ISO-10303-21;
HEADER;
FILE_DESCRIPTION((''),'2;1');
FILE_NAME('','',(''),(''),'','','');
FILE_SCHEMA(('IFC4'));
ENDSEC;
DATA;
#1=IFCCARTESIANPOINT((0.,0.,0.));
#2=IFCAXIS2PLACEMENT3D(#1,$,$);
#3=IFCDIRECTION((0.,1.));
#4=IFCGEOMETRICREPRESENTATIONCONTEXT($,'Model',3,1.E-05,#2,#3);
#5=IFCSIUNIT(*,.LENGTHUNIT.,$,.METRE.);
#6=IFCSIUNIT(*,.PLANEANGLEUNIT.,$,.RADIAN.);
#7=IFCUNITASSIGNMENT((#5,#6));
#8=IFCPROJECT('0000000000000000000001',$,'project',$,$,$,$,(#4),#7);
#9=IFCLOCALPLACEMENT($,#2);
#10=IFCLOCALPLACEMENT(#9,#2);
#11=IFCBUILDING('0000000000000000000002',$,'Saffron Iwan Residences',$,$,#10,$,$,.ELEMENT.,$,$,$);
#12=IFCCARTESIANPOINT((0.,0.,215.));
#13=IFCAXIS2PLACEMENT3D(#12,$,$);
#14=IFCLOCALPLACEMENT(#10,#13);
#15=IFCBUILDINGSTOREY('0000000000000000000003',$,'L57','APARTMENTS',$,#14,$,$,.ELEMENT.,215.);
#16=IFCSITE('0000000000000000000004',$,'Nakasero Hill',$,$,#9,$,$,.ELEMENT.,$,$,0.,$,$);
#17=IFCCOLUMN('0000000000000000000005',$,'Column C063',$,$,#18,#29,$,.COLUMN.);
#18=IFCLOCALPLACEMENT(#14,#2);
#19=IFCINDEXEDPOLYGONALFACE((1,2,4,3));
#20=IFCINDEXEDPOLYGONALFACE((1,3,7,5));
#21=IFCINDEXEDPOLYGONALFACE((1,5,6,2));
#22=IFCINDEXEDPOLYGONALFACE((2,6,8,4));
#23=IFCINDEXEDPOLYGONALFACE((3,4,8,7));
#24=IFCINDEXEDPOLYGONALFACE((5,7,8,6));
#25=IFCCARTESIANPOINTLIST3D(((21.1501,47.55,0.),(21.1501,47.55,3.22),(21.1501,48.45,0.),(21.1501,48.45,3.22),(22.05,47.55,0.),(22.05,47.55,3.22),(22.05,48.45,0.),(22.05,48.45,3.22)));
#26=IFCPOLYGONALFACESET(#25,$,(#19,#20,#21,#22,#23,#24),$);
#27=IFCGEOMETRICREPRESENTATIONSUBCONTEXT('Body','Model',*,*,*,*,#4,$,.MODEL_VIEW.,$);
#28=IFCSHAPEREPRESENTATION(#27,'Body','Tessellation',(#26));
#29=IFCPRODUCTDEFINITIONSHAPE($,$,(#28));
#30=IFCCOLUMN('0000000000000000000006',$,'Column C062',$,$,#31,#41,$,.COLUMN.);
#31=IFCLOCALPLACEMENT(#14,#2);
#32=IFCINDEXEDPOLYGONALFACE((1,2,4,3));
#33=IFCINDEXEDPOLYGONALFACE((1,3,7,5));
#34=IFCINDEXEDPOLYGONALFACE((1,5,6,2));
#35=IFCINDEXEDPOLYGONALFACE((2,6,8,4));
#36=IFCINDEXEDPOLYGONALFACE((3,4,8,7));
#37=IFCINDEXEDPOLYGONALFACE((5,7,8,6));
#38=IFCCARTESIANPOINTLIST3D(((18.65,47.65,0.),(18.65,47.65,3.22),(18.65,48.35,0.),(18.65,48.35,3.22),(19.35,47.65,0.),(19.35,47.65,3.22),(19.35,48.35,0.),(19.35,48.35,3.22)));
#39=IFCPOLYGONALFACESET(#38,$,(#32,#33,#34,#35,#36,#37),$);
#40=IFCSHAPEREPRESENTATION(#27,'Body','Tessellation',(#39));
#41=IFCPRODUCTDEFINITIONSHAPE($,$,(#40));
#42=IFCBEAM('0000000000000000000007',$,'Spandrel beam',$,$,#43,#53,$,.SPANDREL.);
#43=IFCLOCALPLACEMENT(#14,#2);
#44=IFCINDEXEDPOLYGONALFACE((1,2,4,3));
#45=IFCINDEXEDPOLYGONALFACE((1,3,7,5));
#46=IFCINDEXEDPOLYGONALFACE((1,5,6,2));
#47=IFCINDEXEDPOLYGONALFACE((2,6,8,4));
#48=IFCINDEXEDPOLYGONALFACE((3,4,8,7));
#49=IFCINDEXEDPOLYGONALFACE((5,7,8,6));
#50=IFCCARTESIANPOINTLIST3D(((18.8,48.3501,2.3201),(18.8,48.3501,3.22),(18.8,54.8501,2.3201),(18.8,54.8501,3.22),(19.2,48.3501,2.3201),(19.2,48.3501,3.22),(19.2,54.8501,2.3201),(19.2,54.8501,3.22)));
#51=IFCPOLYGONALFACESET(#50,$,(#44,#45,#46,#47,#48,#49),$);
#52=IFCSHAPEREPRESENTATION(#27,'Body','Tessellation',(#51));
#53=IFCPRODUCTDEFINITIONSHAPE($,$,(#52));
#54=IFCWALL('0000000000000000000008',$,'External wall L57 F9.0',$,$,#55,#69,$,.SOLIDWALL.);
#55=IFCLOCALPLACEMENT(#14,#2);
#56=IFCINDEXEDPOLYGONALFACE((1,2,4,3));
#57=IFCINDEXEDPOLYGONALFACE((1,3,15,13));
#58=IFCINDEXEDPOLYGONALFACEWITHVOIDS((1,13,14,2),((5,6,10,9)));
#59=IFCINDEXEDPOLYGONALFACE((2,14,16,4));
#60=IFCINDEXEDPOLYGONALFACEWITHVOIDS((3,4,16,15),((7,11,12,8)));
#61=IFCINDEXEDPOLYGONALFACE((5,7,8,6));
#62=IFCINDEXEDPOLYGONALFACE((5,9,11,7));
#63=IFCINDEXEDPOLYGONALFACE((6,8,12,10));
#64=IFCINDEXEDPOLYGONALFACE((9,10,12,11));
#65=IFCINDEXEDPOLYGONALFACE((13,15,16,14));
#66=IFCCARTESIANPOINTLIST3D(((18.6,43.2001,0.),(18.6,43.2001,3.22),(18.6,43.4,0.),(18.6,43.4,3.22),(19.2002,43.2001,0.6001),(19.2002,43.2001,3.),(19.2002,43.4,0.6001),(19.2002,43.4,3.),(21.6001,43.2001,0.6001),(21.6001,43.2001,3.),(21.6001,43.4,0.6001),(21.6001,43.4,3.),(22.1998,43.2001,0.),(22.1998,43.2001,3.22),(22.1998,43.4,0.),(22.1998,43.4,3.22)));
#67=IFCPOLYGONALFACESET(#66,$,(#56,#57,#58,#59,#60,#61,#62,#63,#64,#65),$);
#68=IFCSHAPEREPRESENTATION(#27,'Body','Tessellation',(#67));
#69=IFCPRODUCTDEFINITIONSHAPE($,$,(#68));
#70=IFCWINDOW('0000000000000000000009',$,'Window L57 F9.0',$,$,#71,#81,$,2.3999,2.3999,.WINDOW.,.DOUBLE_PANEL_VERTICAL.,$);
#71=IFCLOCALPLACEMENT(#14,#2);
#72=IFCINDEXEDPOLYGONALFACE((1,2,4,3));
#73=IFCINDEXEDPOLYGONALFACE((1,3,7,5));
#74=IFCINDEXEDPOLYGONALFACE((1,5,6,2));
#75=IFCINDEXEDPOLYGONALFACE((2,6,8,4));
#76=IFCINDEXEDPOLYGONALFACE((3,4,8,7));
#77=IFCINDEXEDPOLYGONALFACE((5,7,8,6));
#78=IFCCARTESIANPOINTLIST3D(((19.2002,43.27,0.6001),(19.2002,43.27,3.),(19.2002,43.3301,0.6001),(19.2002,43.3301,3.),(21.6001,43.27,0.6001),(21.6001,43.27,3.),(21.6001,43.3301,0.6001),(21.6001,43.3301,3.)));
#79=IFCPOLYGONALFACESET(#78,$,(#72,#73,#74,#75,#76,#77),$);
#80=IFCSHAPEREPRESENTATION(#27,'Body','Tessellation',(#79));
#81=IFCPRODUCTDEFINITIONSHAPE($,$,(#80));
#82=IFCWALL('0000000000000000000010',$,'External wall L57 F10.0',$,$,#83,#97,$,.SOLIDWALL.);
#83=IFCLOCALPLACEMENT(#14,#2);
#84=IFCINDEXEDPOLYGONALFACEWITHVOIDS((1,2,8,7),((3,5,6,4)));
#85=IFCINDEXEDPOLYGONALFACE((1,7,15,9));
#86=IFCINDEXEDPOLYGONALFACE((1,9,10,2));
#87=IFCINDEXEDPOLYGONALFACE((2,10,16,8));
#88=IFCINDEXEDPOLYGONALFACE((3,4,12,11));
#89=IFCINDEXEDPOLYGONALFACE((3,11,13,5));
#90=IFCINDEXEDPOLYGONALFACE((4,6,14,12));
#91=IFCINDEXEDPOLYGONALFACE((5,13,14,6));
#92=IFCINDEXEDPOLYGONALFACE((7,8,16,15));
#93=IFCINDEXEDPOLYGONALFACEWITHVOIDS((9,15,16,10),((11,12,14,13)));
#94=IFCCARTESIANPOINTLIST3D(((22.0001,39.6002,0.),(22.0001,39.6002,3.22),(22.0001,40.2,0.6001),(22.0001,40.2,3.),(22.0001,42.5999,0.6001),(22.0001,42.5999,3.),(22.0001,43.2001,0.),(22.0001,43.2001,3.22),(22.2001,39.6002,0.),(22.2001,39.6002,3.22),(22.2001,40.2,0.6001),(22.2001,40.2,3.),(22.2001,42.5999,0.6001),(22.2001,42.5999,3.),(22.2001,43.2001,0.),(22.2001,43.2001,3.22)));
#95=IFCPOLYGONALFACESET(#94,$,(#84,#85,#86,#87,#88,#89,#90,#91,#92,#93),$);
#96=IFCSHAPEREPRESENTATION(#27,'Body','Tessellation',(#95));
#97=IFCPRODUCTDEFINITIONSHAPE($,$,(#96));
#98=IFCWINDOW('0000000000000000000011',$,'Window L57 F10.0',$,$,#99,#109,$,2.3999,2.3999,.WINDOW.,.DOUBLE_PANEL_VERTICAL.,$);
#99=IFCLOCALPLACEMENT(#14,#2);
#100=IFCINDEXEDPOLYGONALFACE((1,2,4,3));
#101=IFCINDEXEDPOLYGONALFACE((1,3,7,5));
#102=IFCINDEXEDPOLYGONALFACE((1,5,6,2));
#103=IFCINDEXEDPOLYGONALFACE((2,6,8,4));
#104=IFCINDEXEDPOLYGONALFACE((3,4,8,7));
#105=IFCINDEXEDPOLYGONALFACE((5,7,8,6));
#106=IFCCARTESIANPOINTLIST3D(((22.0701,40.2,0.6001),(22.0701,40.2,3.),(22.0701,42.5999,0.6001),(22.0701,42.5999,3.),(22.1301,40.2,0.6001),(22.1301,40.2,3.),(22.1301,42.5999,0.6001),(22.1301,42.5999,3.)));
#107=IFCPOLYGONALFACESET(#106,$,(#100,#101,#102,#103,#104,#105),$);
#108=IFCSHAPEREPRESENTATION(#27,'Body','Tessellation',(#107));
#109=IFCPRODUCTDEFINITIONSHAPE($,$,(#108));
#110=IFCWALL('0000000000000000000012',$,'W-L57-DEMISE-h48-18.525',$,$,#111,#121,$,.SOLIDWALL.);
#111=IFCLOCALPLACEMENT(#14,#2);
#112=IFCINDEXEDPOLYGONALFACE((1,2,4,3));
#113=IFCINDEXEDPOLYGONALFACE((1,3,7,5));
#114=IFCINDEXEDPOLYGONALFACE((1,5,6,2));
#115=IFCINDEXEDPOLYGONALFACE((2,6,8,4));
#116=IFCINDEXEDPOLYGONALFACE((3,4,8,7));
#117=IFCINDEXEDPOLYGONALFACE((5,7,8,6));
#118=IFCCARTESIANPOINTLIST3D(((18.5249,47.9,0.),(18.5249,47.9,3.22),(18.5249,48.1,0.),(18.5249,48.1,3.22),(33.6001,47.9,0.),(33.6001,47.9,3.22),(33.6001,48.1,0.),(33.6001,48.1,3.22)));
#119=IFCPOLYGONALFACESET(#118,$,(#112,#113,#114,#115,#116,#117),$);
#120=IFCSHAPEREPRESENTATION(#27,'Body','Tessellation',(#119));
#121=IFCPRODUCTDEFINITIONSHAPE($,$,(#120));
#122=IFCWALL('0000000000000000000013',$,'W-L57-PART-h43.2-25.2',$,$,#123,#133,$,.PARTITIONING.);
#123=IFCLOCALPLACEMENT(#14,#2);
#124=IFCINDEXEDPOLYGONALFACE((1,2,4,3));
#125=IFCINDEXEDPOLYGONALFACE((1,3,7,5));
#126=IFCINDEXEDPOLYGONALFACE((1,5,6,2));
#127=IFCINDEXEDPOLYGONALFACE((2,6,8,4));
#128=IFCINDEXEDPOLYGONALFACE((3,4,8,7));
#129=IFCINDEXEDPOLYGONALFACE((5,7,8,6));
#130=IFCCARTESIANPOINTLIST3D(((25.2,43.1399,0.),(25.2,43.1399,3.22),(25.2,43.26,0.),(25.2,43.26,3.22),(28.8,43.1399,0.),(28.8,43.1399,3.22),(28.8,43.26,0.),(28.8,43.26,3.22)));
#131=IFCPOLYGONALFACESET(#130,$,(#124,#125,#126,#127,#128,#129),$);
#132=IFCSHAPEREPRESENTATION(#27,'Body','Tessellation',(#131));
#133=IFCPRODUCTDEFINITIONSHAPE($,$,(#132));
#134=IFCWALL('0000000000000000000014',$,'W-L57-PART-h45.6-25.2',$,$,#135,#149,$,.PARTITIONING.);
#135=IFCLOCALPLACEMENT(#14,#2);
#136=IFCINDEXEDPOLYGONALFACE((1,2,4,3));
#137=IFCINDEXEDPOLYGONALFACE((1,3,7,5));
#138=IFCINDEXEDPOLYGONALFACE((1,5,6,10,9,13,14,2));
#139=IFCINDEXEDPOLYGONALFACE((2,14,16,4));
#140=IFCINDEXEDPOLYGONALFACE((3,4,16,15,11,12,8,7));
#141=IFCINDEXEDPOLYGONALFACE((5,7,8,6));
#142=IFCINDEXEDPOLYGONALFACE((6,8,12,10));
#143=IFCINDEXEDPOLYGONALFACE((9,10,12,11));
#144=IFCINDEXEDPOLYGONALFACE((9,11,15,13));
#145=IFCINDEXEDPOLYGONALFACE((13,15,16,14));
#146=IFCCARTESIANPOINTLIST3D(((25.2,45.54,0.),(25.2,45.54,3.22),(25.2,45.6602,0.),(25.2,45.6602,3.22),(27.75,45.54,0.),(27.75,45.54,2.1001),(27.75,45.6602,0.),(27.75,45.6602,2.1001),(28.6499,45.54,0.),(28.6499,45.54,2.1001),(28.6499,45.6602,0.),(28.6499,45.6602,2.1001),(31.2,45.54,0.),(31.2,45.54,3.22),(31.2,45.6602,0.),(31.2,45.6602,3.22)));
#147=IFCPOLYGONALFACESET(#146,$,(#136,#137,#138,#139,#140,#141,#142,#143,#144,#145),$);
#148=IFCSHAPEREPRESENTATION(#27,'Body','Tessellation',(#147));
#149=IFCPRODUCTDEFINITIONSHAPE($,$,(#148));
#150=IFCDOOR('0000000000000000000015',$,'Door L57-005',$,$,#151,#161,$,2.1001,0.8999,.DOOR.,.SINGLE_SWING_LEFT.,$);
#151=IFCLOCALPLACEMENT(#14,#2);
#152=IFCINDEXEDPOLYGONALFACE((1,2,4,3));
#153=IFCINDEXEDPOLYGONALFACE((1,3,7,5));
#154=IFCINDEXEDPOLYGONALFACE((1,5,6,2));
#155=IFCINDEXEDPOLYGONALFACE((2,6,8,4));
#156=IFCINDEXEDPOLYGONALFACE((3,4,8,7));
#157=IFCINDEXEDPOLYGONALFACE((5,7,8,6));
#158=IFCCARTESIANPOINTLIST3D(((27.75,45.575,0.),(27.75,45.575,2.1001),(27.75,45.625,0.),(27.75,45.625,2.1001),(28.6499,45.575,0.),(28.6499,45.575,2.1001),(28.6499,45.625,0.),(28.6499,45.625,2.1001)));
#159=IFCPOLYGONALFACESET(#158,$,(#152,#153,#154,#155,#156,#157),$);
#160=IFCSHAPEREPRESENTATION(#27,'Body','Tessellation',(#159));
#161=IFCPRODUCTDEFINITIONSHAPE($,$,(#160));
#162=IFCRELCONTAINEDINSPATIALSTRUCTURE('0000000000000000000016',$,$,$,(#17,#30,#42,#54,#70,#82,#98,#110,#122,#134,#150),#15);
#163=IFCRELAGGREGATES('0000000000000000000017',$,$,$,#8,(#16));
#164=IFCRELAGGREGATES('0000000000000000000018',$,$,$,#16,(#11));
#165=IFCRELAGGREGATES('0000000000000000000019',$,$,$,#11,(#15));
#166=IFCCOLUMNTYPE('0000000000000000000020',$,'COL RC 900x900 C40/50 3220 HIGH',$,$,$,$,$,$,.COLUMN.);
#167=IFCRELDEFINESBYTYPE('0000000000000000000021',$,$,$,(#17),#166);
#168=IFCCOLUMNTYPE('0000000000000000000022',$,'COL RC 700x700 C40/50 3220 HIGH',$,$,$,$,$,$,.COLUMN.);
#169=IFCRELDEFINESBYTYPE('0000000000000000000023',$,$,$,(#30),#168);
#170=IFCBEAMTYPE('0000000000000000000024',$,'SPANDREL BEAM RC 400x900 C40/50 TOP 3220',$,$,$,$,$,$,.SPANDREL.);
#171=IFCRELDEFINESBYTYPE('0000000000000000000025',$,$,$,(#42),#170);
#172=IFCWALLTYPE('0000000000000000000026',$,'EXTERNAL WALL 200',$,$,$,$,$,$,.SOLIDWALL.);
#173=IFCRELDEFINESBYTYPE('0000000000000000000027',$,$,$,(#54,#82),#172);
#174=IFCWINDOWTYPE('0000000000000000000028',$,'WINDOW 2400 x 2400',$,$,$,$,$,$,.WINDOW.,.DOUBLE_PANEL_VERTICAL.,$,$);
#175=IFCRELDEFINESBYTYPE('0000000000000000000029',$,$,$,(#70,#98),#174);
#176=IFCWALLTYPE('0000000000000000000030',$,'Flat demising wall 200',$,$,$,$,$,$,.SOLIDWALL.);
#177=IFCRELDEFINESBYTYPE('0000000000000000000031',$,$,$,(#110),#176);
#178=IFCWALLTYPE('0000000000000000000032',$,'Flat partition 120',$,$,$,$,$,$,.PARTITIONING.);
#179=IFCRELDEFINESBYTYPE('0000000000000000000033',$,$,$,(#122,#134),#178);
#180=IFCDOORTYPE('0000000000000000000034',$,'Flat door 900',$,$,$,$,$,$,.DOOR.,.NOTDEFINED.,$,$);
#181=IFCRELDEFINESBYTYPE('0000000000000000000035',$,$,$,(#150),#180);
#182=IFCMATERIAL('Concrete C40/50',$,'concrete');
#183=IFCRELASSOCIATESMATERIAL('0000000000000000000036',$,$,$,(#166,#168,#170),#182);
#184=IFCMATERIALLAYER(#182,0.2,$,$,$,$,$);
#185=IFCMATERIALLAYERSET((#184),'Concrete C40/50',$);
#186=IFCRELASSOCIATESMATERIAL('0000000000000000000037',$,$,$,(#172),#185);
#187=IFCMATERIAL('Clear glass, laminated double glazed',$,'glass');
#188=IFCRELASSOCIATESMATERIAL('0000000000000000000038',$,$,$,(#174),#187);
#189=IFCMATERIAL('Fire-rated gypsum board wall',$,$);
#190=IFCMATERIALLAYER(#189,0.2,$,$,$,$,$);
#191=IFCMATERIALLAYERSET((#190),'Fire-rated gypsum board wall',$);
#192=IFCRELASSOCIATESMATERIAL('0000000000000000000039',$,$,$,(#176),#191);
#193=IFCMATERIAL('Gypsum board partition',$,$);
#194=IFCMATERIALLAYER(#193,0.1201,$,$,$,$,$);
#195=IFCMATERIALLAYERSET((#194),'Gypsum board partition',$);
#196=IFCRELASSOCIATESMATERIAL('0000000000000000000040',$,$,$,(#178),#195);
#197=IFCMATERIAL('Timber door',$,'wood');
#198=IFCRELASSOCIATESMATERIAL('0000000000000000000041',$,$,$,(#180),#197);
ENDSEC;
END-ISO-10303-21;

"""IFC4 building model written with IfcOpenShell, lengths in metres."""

from ifc_helpers import new_model, si_unit, direction, frame, frame_2d, origin, origin_2d, place, context, subcontext, project, spatial, rectangle, extrude, source, transform, mapped, material, layer, layer_set, material_profile, profile_set, type_object, element, fill, save


model = new_model("IFC4")

# Units and contexts
model_context = context("Model", 3, precision=1e-05, world=origin(), true_north=direction((0.0, 1.0)))
body_context = subcontext(model_context, "Body", "Model", "MODEL_VIEW")
ifc_project = project(units=[si_unit("LENGTHUNIT", "METRE"), si_unit("PLANEANGLEUNIT", "RADIAN")], contexts=[model_context])

# Site, building, storey
site_placement = place(None, origin())
site = spatial("IfcSite", under=ifc_project, at=site_placement, Name="Nakasero Hill", CompositionType="ELEMENT", RefElevation=0.0)
building_placement = place(site_placement, origin())
building = spatial("IfcBuilding", under=site, at=building_placement, Name="Saffron Iwan Residences", CompositionType="ELEMENT")
storey_placement = place(building_placement, frame((0.0, 0.0, 215.0)))
storey = spatial("IfcBuildingStorey", under=building, at=storey_placement, Name="L57", Description="APARTMENTS", CompositionType="ELEMENT", Elevation=215.0)

# Columns
ifc_material_1 = material(Name="Concrete C40/50", Category="concrete")
ifc_material_profile_1 = material_profile(ifc_material_1, rectangle(XDim=0.8999, YDim=0.8999, at=origin_2d()), Name="RC 900x900")
ifc_profile_set_1 = profile_set([ifc_material_profile_1], Name="Concrete C40/50")
column_type_1 = type_object("IfcColumnType", Name="COL RC 900x900 C40/50 3220 HIGH", PredefinedType="COLUMN", material=ifc_profile_set_1)
shared_shape_1 = source(origin(), body_context, "Body", "SweptSolid", [
    extrude(rectangle(XDim=0.8999, YDim=0.8999, at=origin_2d()), origin(), (0.0, 0.0, 1.0), 3.22),
])
column_1_placement = place(storey_placement, frame((21.6001, 48.0, 0.0), z_axis=(0.0, 0.0, 1.0), x_axis=(1.0, 0.0, 0.0)))
element("IfcColumn", 1, at=column_1_placement, inside=storey, type_object=column_type_1, Name="Column C063", PredefinedType="COLUMN", context=body_context, shape_type="MappedRepresentation", body=[
    mapped(shared_shape_1, transform((0.0, 0.0, 0.0))),
])
ifc_material_profile_2 = material_profile(ifc_material_1, rectangle(XDim=0.7, YDim=0.7, at=origin_2d()), Name="RC 700x700")
ifc_profile_set_2 = profile_set([ifc_material_profile_2], Name="Concrete C40/50")
column_type_2 = type_object("IfcColumnType", Name="COL RC 700x700 C40/50 3220 HIGH", PredefinedType="COLUMN", material=ifc_profile_set_2)
shared_shape_2 = source(origin(), body_context, "Body", "SweptSolid", [
    extrude(rectangle(XDim=0.7, YDim=0.7, at=origin_2d()), origin(), (0.0, 0.0, 1.0), 3.22),
])
column_2_placement = place(storey_placement, frame((19.0, 48.0, 0.0), z_axis=(0.0, 0.0, 1.0), x_axis=(1.0, 0.0, 0.0)))
element("IfcColumn", 2, at=column_2_placement, inside=storey, type_object=column_type_2, Name="Column C062", PredefinedType="COLUMN", context=body_context, shape_type="MappedRepresentation", body=[
    mapped(shared_shape_2, transform((0.0, 0.0, 0.0))),
])

# Beam
ifc_material_profile_3 = material_profile(ifc_material_1, rectangle(XDim=0.3999, YDim=0.8999, at=origin_2d()), Name="RC 400x900")
ifc_profile_set_3 = profile_set([ifc_material_profile_3], Name="Concrete C40/50")
beam_type = type_object("IfcBeamType", Name="SPANDREL BEAM RC 400x900 C40/50 TOP 3220", PredefinedType="SPANDREL", material=ifc_profile_set_3)
shared_shape_3 = source(origin(), body_context, "Body", "SweptSolid", [
    extrude(rectangle(XDim=0.3999, YDim=0.8999, at=origin_2d()), origin(), (0.0, 0.0, 1.0), 6.5),
])
beam_placement = place(storey_placement, frame((19.0, 48.3501, 2.77), z_axis=(0.0, 1.0, 0.0), x_axis=(-1.0, 0.0, 0.0)))
element("IfcBeam", 3, at=beam_placement, inside=storey, type_object=beam_type, Name="Spandrel beam", PredefinedType="SPANDREL", context=body_context, shape_type="MappedRepresentation", body=[
    mapped(shared_shape_3, transform((0.0, 0.0, 0.0))),
])

# Walls, openings, windows
ifc_layer_1 = layer(ifc_material_1, 0.2)
ifc_layer_set_1 = layer_set([ifc_layer_1], Name="Concrete C40/50")
wall_type_1 = type_object("IfcWallType", Name="EXTERNAL WALL 200", PredefinedType="SOLIDWALL", material=ifc_layer_set_1)
wall_1_placement = place(storey_placement, frame((18.6001, 43.3, 0.0), z_axis=(0.0, 0.0, 1.0), x_axis=(1.0, 0.0, 0.0)))
wall_1 = element("IfcWall", 4, at=wall_1_placement, inside=storey, type_object=wall_type_1, Name="External wall L57 F9.0", PredefinedType="SOLIDWALL", context=body_context, shape_type="SweptSolid", body=[
    extrude(rectangle(XDim=3.5999, YDim=0.2, at=frame_2d((1.7998, 0.0))), origin(), (0.0, 0.0, 1.0), 3.22),
])
opening_1_placement = place(wall_1_placement, frame((0.6001, 0.0, 0.6001)))
opening_1 = element("IfcOpeningElement", 5, at=opening_1_placement, cuts=wall_1, PredefinedType="OPENING", context=body_context, shape_type="SweptSolid", body=[
    extrude(rectangle(XDim=2.3999, YDim=2.3999, at=frame_2d((1.2, 1.2))), frame((0.0, 0.1099, 0.0), z_axis=(0.0, -1.0, 0.0), x_axis=(1.0, 0.0, 0.0)), (0.0, 0.0, 1.0), 0.22),
])
ifc_material_2 = material(Name="Clear glass, laminated double glazed", Category="glass")
window_type = type_object("IfcWindowType", Name="WINDOW 2400 x 2400", PartitioningType="DOUBLE_PANEL_VERTICAL", PredefinedType="WINDOW", material=ifc_material_2)
window_1_placement = place(opening_1_placement, origin())
window_1 = element("IfcWindow", 6, at=window_1_placement, inside=storey, type_object=window_type, Name="Window L57 F9.0", OverallHeight=2.3999, OverallWidth=2.3999, PartitioningType="DOUBLE_PANEL_VERTICAL", PredefinedType="WINDOW", context=body_context, shape_type="SweptSolid", body=[
    extrude(rectangle(XDim=2.3999, YDim=2.3999, at=frame_2d((1.2, 1.2))), frame((0.0, 0.03, 0.0), z_axis=(0.0, -1.0, 0.0), x_axis=(1.0, 0.0, 0.0)), (0.0, 0.0, 1.0), 0.0601),
])
fill(opening_1, window_1)
wall_2_placement = place(storey_placement, frame((22.1001, 43.2, 0.0), z_axis=(0.0, 0.0, 1.0), x_axis=(0.0, -1.0, 0.0)))
wall_2 = element("IfcWall", 7, at=wall_2_placement, inside=storey, type_object=wall_type_1, Name="External wall L57 F10.0", PredefinedType="SOLIDWALL", context=body_context, shape_type="SweptSolid", body=[
    extrude(rectangle(XDim=3.5999, YDim=0.2, at=frame_2d((1.7998, 0.0))), origin(), (0.0, 0.0, 1.0), 3.22),
])
opening_2_placement = place(wall_2_placement, frame((0.6001, 0.0, 0.6001)))
opening_2 = element("IfcOpeningElement", 8, at=opening_2_placement, cuts=wall_2, PredefinedType="OPENING", context=body_context, shape_type="SweptSolid", body=[
    extrude(rectangle(XDim=2.3999, YDim=2.3999, at=frame_2d((1.2, 1.2))), frame((0.0, 0.1099, 0.0), z_axis=(0.0, -1.0, 0.0), x_axis=(1.0, 0.0, 0.0)), (0.0, 0.0, 1.0), 0.22),
])
window_2_placement = place(opening_2_placement, origin())
window_2 = element("IfcWindow", 9, at=window_2_placement, inside=storey, type_object=window_type, Name="Window L57 F10.0", OverallHeight=2.3999, OverallWidth=2.3999, PartitioningType="DOUBLE_PANEL_VERTICAL", PredefinedType="WINDOW", context=body_context, shape_type="SweptSolid", body=[
    extrude(rectangle(XDim=2.3999, YDim=2.3999, at=frame_2d((1.2, 1.2))), frame((0.0, 0.03, 0.0), z_axis=(0.0, -1.0, 0.0), x_axis=(1.0, 0.0, 0.0)), (0.0, 0.0, 1.0), 0.0601),
])
fill(opening_2, window_2)

# Walls
ifc_material_3 = material(Name="Fire-rated gypsum board wall")
ifc_layer_2 = layer(ifc_material_3, 0.2)
ifc_layer_set_2 = layer_set([ifc_layer_2], Name="Fire-rated gypsum board wall")
wall_type_2 = type_object("IfcWallType", Name="Flat demising wall 200", PredefinedType="SOLIDWALL", material=ifc_layer_set_2)
wall_3_placement = place(storey_placement, frame((18.5249, 48.0, 0.0), z_axis=(0.0, 0.0, 1.0), x_axis=(1.0, 0.0, 0.0)))
element("IfcWall", 10, at=wall_3_placement, inside=storey, type_object=wall_type_2, Name="W-L57-DEMISE-h48-18.525", PredefinedType="SOLIDWALL", context=body_context, shape_type="SweptSolid", body=[
    extrude(rectangle(XDim=15.0752, YDim=0.2, at=frame_2d((7.5376, 0.0))), origin(), (0.0, 0.0, 1.0), 3.22),
])
ifc_material_4 = material(Name="Gypsum board partition")
ifc_layer_3 = layer(ifc_material_4, 0.1201)
ifc_layer_set_3 = layer_set([ifc_layer_3], Name="Gypsum board partition")
wall_type_3 = type_object("IfcWallType", Name="Flat partition 120", PredefinedType="PARTITIONING", material=ifc_layer_set_3)
wall_4_placement = place(storey_placement, frame((25.2, 43.2, 0.0), z_axis=(0.0, 0.0, 1.0), x_axis=(1.0, 0.0, 0.0)))
element("IfcWall", 11, at=wall_4_placement, inside=storey, type_object=wall_type_3, Name="W-L57-PART-h43.2-25.2", PredefinedType="PARTITIONING", context=body_context, shape_type="SweptSolid", body=[
    extrude(rectangle(XDim=3.6001, YDim=0.1201, at=frame_2d((1.8, 0.0))), origin(), (0.0, 0.0, 1.0), 3.22),
])

# Wall, opening, door
wall_5_placement = place(storey_placement, frame((25.2, 45.6001, 0.0), z_axis=(0.0, 0.0, 1.0), x_axis=(1.0, 0.0, 0.0)))
wall_5 = element("IfcWall", 12, at=wall_5_placement, inside=storey, type_object=wall_type_3, Name="W-L57-PART-h45.6-25.2", PredefinedType="PARTITIONING", context=body_context, shape_type="SweptSolid", body=[
    extrude(rectangle(XDim=6.0, YDim=0.1201, at=frame_2d((3.0, 0.0))), origin(), (0.0, 0.0, 1.0), 3.22),
])
opening_3_placement = place(wall_5_placement, frame((2.55, 0.0, 0.0)))
opening_3 = element("IfcOpeningElement", 13, at=opening_3_placement, cuts=wall_5, PredefinedType="OPENING", context=body_context, shape_type="SweptSolid", body=[
    extrude(rectangle(XDim=0.8999, YDim=2.1001, at=frame_2d((0.45, 1.05))), frame((0.0, 0.0701, 0.0), z_axis=(0.0, -1.0, 0.0), x_axis=(1.0, 0.0, 0.0)), (0.0, 0.0, 1.0), 0.1401),
])
ifc_material_5 = material(Name="Timber door", Category="wood")
door_type_1 = type_object("IfcDoorType", Name="Flat door 900", OperationType="NOTDEFINED", PredefinedType="DOOR", material=ifc_material_5)
door_1_placement = place(opening_3_placement, origin())
door_1 = element("IfcDoor", 14, at=door_1_placement, inside=storey, type_object=door_type_1, Name="Door L57-005", OperationType="SINGLE_SWING_LEFT", OverallHeight=2.1001, OverallWidth=0.8999, PredefinedType="DOOR", context=body_context, shape_type="SweptSolid", body=[
    extrude(rectangle(XDim=0.8999, YDim=2.1001, at=frame_2d((0.45, 1.05))), frame((0.0, 0.0249, 0.0), z_axis=(0.0, -1.0, 0.0), x_axis=(1.0, 0.0, 0.0)), (0.0, 0.0, 1.0), 0.05),
])
fill(opening_3, door_1)

save(model, "model.ifc")
